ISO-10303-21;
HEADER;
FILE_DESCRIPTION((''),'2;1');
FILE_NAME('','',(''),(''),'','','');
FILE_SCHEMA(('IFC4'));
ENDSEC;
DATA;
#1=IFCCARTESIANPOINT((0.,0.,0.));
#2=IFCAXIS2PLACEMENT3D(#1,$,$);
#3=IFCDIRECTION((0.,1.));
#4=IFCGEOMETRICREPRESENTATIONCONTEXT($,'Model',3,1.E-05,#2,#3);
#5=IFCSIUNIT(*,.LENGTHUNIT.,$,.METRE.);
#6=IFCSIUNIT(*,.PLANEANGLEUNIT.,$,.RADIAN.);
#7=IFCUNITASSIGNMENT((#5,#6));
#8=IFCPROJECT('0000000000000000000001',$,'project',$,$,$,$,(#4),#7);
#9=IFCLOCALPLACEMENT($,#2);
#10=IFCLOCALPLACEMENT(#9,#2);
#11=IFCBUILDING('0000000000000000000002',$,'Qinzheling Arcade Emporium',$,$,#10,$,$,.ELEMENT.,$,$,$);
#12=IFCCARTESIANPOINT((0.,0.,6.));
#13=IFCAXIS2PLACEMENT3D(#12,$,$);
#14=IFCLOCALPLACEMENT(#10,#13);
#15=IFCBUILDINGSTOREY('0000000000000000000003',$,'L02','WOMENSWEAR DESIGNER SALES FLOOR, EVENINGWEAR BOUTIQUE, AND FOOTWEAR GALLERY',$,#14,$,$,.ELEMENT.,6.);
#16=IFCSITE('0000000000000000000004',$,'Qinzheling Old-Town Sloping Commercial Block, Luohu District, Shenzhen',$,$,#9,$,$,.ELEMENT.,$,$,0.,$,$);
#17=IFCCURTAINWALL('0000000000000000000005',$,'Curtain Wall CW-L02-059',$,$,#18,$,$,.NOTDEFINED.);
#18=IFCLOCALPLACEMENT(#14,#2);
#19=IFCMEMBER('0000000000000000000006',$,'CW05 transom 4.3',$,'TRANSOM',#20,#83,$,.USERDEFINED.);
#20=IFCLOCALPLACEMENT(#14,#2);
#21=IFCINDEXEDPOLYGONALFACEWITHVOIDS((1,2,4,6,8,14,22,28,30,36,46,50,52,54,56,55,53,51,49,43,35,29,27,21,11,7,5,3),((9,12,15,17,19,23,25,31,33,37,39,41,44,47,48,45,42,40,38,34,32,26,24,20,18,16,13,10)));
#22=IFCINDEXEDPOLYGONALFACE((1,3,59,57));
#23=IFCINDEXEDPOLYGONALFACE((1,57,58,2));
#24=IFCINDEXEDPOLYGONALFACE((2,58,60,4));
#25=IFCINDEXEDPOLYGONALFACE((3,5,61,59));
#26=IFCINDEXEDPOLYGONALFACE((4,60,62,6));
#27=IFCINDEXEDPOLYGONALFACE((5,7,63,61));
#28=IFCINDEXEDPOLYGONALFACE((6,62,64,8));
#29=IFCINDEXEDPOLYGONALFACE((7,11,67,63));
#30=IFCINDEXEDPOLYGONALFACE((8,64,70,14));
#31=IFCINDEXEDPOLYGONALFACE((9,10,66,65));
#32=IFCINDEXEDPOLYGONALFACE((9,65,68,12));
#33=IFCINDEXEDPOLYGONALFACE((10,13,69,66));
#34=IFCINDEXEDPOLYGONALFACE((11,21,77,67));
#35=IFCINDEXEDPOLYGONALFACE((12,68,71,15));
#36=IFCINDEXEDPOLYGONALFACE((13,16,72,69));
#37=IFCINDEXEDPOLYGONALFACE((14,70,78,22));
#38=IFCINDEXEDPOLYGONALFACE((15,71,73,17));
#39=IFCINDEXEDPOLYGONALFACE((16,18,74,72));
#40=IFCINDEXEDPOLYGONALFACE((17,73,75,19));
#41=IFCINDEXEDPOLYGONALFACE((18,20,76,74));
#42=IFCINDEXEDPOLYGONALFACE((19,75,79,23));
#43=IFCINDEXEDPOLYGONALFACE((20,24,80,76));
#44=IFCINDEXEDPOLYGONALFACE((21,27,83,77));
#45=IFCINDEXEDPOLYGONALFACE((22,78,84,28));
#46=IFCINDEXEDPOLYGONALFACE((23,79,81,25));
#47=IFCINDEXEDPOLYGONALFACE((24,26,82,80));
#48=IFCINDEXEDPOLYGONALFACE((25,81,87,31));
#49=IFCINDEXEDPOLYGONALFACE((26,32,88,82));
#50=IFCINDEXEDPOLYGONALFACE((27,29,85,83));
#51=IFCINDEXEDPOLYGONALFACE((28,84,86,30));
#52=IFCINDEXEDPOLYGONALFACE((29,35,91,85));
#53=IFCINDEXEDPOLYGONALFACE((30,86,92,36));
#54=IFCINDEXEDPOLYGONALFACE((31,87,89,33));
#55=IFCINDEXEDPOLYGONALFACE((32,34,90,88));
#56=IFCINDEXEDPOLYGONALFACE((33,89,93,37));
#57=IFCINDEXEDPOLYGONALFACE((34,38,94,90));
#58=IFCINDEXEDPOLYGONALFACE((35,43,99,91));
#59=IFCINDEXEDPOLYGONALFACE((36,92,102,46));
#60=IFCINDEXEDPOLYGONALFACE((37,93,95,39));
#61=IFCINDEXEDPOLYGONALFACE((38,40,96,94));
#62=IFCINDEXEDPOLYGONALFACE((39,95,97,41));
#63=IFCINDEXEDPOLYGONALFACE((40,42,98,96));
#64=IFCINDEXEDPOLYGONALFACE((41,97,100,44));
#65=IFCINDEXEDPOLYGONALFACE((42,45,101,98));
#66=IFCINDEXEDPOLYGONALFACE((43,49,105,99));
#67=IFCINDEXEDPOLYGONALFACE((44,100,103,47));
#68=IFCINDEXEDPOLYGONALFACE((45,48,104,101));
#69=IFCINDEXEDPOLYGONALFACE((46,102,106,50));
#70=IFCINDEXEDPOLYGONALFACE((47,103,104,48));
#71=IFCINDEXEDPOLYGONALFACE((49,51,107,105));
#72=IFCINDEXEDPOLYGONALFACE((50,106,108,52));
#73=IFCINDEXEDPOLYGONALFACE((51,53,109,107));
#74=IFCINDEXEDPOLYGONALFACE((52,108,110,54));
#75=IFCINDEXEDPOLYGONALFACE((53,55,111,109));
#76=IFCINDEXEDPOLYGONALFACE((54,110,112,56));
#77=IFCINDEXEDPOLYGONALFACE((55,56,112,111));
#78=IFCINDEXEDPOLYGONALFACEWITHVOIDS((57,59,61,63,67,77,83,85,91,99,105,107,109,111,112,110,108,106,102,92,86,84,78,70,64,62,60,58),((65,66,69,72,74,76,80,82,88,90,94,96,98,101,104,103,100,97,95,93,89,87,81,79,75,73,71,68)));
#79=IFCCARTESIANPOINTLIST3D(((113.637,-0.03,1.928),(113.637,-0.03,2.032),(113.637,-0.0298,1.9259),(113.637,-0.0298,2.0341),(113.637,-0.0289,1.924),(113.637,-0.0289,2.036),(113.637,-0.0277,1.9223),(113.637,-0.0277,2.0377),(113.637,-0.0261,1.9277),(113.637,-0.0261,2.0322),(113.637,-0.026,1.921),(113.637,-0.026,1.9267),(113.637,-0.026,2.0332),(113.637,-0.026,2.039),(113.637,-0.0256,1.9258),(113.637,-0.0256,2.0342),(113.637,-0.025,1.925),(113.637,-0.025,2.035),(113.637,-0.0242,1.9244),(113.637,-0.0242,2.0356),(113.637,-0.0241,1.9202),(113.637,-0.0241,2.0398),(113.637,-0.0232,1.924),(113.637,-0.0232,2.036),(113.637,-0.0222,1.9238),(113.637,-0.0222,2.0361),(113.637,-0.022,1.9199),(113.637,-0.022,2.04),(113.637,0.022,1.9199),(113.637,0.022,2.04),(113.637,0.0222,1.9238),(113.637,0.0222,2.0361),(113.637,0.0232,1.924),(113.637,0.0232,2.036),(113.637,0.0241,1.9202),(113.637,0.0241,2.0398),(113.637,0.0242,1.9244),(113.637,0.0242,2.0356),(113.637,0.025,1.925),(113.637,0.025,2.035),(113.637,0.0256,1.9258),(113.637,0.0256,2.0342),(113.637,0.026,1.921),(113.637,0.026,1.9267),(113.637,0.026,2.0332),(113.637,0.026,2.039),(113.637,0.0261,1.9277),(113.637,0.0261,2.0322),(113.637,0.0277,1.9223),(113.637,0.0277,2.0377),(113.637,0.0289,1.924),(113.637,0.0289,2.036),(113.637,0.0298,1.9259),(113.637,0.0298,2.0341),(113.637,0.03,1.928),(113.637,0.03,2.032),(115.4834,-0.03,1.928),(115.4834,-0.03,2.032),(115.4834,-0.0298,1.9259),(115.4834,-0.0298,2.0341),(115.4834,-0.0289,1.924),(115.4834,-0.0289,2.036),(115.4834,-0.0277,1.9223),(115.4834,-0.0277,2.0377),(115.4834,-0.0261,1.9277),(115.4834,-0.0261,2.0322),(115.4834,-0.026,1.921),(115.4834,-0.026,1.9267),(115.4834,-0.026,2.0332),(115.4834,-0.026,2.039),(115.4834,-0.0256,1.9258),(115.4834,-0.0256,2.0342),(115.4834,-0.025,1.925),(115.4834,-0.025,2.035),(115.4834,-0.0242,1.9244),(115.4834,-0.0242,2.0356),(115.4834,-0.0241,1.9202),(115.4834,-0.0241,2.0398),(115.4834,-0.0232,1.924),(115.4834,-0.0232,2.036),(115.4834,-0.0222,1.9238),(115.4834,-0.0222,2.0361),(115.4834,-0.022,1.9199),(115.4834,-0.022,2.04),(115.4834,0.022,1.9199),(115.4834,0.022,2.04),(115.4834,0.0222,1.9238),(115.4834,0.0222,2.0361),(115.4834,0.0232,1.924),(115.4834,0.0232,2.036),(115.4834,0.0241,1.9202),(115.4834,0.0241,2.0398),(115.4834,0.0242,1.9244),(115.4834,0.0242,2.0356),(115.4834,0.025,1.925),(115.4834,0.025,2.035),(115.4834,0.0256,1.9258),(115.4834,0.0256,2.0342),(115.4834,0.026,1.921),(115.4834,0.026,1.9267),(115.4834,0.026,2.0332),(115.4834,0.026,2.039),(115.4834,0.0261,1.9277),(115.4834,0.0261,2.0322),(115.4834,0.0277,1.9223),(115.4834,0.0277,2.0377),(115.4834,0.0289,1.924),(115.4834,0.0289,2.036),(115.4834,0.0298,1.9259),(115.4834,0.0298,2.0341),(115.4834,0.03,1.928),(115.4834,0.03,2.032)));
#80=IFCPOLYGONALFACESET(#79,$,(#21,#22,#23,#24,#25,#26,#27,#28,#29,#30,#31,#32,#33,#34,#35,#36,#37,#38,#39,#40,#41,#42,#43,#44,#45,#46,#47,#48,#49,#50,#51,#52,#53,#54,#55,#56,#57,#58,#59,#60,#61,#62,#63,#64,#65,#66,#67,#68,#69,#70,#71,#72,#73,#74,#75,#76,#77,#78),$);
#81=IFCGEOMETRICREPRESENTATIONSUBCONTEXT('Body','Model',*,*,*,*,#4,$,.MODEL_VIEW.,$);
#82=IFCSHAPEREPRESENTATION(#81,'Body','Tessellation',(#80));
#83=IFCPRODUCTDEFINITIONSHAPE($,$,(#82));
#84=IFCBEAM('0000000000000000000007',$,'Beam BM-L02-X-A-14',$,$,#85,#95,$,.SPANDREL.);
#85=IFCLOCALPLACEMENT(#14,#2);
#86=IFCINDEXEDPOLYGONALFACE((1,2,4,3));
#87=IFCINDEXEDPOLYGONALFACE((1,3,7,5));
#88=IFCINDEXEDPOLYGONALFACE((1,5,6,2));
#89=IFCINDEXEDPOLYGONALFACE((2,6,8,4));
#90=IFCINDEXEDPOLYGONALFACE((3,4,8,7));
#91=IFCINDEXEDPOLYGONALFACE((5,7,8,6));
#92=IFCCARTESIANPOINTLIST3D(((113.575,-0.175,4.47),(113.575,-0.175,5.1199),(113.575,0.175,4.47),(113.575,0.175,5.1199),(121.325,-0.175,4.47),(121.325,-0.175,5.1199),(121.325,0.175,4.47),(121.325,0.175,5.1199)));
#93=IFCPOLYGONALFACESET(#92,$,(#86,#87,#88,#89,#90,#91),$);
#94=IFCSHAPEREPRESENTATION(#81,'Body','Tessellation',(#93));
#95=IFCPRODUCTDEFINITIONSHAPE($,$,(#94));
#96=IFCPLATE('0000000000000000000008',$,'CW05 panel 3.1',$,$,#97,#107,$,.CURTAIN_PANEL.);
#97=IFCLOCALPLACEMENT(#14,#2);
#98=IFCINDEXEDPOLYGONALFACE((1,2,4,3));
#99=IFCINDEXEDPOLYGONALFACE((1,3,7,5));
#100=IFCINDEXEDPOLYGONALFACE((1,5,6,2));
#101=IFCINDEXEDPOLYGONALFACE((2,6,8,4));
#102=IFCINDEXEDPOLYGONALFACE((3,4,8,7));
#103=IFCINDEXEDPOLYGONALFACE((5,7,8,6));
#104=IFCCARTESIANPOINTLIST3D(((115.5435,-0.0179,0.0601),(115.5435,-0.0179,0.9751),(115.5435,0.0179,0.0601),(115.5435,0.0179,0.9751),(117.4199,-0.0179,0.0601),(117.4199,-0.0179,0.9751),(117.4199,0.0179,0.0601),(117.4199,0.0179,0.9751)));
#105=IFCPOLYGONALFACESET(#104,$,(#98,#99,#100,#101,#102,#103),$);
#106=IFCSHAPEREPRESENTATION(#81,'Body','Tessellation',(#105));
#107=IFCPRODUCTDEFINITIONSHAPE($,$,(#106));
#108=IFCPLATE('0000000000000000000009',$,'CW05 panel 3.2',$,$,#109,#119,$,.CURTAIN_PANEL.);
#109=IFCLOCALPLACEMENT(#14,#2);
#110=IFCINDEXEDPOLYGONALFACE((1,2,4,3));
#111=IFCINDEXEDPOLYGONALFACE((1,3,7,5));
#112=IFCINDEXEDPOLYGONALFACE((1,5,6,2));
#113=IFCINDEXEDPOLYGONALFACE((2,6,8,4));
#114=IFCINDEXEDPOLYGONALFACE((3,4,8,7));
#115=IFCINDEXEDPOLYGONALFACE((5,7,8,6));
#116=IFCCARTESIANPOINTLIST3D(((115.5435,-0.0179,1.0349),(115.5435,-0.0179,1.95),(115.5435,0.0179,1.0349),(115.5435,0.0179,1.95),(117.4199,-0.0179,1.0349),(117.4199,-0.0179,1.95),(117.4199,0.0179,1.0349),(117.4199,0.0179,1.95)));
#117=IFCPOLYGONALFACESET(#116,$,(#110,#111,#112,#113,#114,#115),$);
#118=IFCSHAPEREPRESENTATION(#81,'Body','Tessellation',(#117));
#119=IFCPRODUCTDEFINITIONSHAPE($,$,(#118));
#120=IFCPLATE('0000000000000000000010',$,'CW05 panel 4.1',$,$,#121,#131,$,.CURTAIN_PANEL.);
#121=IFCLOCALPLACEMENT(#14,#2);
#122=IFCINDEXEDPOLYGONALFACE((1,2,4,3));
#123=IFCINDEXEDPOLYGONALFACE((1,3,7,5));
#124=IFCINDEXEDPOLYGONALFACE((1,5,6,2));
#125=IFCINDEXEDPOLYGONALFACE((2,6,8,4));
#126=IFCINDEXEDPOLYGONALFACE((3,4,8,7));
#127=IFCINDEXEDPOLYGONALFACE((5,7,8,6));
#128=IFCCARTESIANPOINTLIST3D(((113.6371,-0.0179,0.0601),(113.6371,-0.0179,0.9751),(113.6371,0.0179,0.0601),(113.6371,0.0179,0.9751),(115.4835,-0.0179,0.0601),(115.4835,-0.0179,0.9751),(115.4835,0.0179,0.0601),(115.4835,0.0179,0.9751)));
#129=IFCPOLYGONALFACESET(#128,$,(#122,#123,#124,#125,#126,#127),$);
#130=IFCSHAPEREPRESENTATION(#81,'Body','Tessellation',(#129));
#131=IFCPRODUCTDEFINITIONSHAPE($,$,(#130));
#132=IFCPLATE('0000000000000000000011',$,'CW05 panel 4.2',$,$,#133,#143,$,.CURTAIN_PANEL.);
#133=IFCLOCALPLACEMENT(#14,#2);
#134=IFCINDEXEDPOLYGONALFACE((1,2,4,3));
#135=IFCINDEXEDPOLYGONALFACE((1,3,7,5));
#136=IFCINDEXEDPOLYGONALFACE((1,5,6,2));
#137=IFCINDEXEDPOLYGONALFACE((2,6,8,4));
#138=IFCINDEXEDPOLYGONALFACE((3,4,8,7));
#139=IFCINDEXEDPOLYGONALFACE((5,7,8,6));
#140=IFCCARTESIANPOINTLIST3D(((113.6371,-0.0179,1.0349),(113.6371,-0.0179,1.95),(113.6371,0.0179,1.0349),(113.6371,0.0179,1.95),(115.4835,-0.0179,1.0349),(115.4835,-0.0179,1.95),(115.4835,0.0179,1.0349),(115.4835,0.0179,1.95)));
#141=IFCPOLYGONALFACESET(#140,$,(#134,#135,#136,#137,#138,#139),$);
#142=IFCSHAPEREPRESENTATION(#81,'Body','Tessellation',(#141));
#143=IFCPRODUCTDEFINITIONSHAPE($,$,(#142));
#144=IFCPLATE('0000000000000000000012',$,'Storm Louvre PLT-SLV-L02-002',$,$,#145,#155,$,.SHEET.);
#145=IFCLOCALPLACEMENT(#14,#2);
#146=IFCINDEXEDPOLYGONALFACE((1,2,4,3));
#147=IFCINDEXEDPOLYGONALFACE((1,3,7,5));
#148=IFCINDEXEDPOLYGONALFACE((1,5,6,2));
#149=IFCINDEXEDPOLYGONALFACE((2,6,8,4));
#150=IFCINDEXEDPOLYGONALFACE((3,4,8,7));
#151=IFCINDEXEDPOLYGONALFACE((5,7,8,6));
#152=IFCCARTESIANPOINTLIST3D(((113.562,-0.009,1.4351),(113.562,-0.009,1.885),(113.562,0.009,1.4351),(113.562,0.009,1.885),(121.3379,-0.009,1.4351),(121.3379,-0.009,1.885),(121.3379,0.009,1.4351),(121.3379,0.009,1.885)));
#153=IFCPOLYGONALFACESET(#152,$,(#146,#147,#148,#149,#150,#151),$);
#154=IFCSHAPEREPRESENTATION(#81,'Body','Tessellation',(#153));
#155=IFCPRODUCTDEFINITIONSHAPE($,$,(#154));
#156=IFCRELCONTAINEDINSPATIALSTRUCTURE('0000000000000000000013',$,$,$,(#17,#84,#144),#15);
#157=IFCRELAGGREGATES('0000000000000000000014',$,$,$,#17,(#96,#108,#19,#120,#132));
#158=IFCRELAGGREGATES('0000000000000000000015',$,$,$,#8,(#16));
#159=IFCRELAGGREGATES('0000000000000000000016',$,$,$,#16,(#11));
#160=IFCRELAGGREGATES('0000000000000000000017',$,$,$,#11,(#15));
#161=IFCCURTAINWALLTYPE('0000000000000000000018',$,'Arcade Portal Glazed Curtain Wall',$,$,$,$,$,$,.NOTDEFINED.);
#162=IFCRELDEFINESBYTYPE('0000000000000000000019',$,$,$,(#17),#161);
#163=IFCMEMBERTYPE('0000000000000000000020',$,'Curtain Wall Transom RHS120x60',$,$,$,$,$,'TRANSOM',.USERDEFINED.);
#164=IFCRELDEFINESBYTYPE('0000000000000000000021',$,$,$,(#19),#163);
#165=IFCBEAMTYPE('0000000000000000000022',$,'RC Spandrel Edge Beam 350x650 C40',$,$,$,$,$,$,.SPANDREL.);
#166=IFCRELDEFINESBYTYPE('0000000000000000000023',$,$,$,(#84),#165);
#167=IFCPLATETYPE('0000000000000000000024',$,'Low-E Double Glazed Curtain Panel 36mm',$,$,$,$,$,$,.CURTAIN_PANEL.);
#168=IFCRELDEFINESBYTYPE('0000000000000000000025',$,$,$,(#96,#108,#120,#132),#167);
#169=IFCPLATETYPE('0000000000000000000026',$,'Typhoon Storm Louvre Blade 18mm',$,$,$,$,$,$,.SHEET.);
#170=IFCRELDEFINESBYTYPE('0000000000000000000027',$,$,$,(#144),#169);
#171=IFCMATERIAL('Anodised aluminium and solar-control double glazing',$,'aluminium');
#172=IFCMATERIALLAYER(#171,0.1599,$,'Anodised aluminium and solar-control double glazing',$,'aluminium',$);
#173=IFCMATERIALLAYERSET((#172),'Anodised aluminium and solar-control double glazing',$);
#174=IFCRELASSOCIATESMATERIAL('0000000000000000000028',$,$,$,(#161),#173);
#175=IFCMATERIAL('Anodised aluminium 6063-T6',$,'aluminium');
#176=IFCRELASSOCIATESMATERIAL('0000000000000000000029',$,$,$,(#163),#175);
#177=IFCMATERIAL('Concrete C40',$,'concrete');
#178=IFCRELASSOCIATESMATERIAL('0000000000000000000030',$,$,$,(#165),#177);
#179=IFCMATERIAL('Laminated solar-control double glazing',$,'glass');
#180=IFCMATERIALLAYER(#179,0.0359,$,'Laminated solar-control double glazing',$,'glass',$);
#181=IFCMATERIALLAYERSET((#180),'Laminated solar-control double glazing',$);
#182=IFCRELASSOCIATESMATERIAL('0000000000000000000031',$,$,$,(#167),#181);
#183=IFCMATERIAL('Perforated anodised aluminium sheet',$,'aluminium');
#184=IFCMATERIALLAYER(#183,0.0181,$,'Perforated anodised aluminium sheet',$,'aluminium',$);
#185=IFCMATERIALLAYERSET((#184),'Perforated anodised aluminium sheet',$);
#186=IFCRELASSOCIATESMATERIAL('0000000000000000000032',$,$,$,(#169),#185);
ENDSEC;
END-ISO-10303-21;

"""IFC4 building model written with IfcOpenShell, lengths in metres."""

from ifc_helpers import new_model, si_unit, direction, frame, origin, origin_2d, place, context, subcontext, project, spatial, rectangle, hollow_rectangle, extrude, material, layer, layer_set, material_profile, profile_set, type_object, element, aggregate, save


model = new_model("IFC4")

# Units and contexts
model_context = context("Model", 3, precision=1e-05, world=origin(), true_north=direction((0.0, 1.0)))
body_context = subcontext(model_context, "Body", "Model", "MODEL_VIEW")
ifc_project = project(units=[si_unit("LENGTHUNIT", "METRE"), si_unit("PLANEANGLEUNIT", "RADIAN")], contexts=[model_context])

# Site, building, storey
site_placement = place(None, origin())
site = spatial("IfcSite", under=ifc_project, at=site_placement, Name="Qinzheling Old-Town Sloping Commercial Block, Luohu District, Shenzhen", CompositionType="ELEMENT", RefElevation=0.0)
building_placement = place(site_placement, origin())
building = spatial("IfcBuilding", under=site, at=building_placement, Name="Qinzheling Arcade Emporium", CompositionType="ELEMENT")
storey_placement = place(building_placement, frame((0.0, 0.0, 6.0)))
storey = spatial("IfcBuildingStorey", under=building, at=storey_placement, Name="L02", Description="WOMENSWEAR DESIGNER SALES FLOOR, EVENINGWEAR BOUTIQUE, AND FOOTWEAR GALLERY", CompositionType="ELEMENT", Elevation=6.0)

# Curtain wall, member
ifc_material_1 = material(Name="Anodised aluminium and solar-control double glazing", Category="aluminium")
ifc_layer_1 = layer(ifc_material_1, 0.1599, Name="Anodised aluminium and solar-control double glazing", Category="aluminium")
ifc_layer_set_1 = layer_set([ifc_layer_1], Name="Anodised aluminium and solar-control double glazing")
curtain_wall_type = type_object("IfcCurtainWallType", Name="Arcade Portal Glazed Curtain Wall", PredefinedType="NOTDEFINED", material=ifc_layer_set_1)
curtain_wall_placement = place(storey_placement, origin())
curtain_wall = element("IfcCurtainWall", 1, at=curtain_wall_placement, inside=storey, type_object=curtain_wall_type, Name="Curtain Wall CW-L02-059", PredefinedType="NOTDEFINED")
ifc_material_2 = material(Name="Anodised aluminium 6063-T6", Category="aluminium")
ifc_material_profile_1 = material_profile(ifc_material_2, hollow_rectangle(XDim=0.0601, YDim=0.1201, WallThickness=0.0039, InnerFilletRadius=0.0039, OuterFilletRadius=0.0081, at=origin_2d()), Name="RHS 120x60x4", Category="aluminium")
ifc_profile_set_1 = profile_set([ifc_material_profile_1], Name="Anodised aluminium 6063-T6")
member_type_1 = type_object("IfcMemberType", Name="Curtain Wall Transom RHS120x60", ElementType="TRANSOM", PredefinedType="USERDEFINED", material=ifc_profile_set_1)
member_1_placement = place(storey_placement, frame((115.4834, 0.0, 1.98), z_axis=(-1.0, 0.0, 0.0), x_axis=(0.0, -1.0, 0.0)))
member_1 = element("IfcMember", 2, at=member_1_placement, type_object=member_type_1, Name="CW05 transom 4.3", ObjectType="TRANSOM", PredefinedType="USERDEFINED", context=body_context, shape_type="SweptSolid", body=[
    extrude(hollow_rectangle(XDim=0.0601, YDim=0.1201, WallThickness=0.0039, InnerFilletRadius=0.0039, OuterFilletRadius=0.0081, at=origin_2d()), origin(), (0.0, 0.0, 1.0), 1.8464),
])

# Beam
ifc_material_3 = material(Name="Concrete C40", Category="concrete")
ifc_material_profile_2 = material_profile(ifc_material_3, rectangle(XDim=0.3501, YDim=0.6499, at=origin_2d()), Name="RC 350x650", Category="concrete")
ifc_profile_set_2 = profile_set([ifc_material_profile_2], Name="Concrete C40")
beam_type_1 = type_object("IfcBeamType", Name="RC Spandrel Edge Beam 350x650 C40", PredefinedType="SPANDREL", material=ifc_profile_set_2)
beam_1_placement = place(storey_placement, frame((113.575, 0.0, 4.7949), z_axis=(1.0, 0.0, 0.0), x_axis=(0.0, 1.0, 0.0)))
element("IfcBeam", 3, at=beam_1_placement, inside=storey, type_object=beam_type_1, Name="Beam BM-L02-X-A-14", PredefinedType="SPANDREL", context=body_context, shape_type="SweptSolid", body=[
    extrude(rectangle(XDim=0.3501, YDim=0.6499, at=origin_2d()), origin(), (0.0, 0.0, 1.0), 7.75),
])

# Plates
ifc_material_4 = material(Name="Laminated solar-control double glazing", Category="glass")
ifc_layer_2 = layer(ifc_material_4, 0.0359, Name="Laminated solar-control double glazing", Category="glass")
ifc_layer_set_2 = layer_set([ifc_layer_2], Name="Laminated solar-control double glazing")
plate_type_1 = type_object("IfcPlateType", Name="Low-E Double Glazed Curtain Panel 36mm", PredefinedType="CURTAIN_PANEL", material=ifc_layer_set_2)
plate_1_placement = place(storey_placement, frame((116.4817, 0.0, 0.0601), z_axis=(0.0, 0.0, 1.0), x_axis=(-1.0, 0.0, 0.0)))
plate_1 = element("IfcPlate", 4, at=plate_1_placement, type_object=plate_type_1, Name="CW05 panel 3.1", PredefinedType="CURTAIN_PANEL", context=body_context, shape_type="SweptSolid", body=[
    extrude(rectangle(XDim=1.8765, YDim=0.0359, at=origin_2d()), origin(), (0.0, 0.0, 1.0), 0.915),
])
plate_2_placement = place(storey_placement, frame((116.4817, 0.0, 1.0349), z_axis=(0.0, 0.0, 1.0), x_axis=(-1.0, 0.0, 0.0)))
plate_2 = element("IfcPlate", 5, at=plate_2_placement, type_object=plate_type_1, Name="CW05 panel 3.2", PredefinedType="CURTAIN_PANEL", context=body_context, shape_type="SweptSolid", body=[
    extrude(rectangle(XDim=1.8765, YDim=0.0359, at=origin_2d()), origin(), (0.0, 0.0, 1.0), 0.915),
])
plate_3_placement = place(storey_placement, frame((114.5603, 0.0, 0.0601), z_axis=(0.0, 0.0, 1.0), x_axis=(-1.0, 0.0, 0.0)))
plate_3 = element("IfcPlate", 6, at=plate_3_placement, type_object=plate_type_1, Name="CW05 panel 4.1", PredefinedType="CURTAIN_PANEL", context=body_context, shape_type="SweptSolid", body=[
    extrude(rectangle(XDim=1.8464, YDim=0.0359, at=origin_2d()), origin(), (0.0, 0.0, 1.0), 0.915),
])
plate_4_placement = place(storey_placement, frame((114.5603, 0.0, 1.0349), z_axis=(0.0, 0.0, 1.0), x_axis=(-1.0, 0.0, 0.0)))
plate_4 = element("IfcPlate", 7, at=plate_4_placement, type_object=plate_type_1, Name="CW05 panel 4.2", PredefinedType="CURTAIN_PANEL", context=body_context, shape_type="SweptSolid", body=[
    extrude(rectangle(XDim=1.8464, YDim=0.0359, at=origin_2d()), origin(), (0.0, 0.0, 1.0), 0.915),
])
aggregate(curtain_wall, [plate_1, plate_2, member_1, plate_3, plate_4])
ifc_material_5 = material(Name="Perforated anodised aluminium sheet", Category="aluminium")
ifc_layer_3 = layer(ifc_material_5, 0.0181, Name="Perforated anodised aluminium sheet", Category="aluminium")
ifc_layer_set_3 = layer_set([ifc_layer_3], Name="Perforated anodised aluminium sheet")
plate_type_2 = type_object("IfcPlateType", Name="Typhoon Storm Louvre Blade 18mm", PredefinedType="SHEET", material=ifc_layer_set_3)
plate_5_placement = place(storey_placement, frame((117.45, 0.0, 1.4351), z_axis=(0.0, 0.0, 1.0), x_axis=(-1.0, 0.0, 0.0)))
element("IfcPlate", 8, at=plate_5_placement, inside=storey, type_object=plate_type_2, Name="Storm Louvre PLT-SLV-L02-002", PredefinedType="SHEET", context=body_context, shape_type="SweptSolid", body=[
    extrude(rectangle(XDim=7.7759, YDim=0.0181, at=origin_2d()), origin(), (0.0, 0.0, 1.0), 0.45),
])

save(model, "model.ifc")
